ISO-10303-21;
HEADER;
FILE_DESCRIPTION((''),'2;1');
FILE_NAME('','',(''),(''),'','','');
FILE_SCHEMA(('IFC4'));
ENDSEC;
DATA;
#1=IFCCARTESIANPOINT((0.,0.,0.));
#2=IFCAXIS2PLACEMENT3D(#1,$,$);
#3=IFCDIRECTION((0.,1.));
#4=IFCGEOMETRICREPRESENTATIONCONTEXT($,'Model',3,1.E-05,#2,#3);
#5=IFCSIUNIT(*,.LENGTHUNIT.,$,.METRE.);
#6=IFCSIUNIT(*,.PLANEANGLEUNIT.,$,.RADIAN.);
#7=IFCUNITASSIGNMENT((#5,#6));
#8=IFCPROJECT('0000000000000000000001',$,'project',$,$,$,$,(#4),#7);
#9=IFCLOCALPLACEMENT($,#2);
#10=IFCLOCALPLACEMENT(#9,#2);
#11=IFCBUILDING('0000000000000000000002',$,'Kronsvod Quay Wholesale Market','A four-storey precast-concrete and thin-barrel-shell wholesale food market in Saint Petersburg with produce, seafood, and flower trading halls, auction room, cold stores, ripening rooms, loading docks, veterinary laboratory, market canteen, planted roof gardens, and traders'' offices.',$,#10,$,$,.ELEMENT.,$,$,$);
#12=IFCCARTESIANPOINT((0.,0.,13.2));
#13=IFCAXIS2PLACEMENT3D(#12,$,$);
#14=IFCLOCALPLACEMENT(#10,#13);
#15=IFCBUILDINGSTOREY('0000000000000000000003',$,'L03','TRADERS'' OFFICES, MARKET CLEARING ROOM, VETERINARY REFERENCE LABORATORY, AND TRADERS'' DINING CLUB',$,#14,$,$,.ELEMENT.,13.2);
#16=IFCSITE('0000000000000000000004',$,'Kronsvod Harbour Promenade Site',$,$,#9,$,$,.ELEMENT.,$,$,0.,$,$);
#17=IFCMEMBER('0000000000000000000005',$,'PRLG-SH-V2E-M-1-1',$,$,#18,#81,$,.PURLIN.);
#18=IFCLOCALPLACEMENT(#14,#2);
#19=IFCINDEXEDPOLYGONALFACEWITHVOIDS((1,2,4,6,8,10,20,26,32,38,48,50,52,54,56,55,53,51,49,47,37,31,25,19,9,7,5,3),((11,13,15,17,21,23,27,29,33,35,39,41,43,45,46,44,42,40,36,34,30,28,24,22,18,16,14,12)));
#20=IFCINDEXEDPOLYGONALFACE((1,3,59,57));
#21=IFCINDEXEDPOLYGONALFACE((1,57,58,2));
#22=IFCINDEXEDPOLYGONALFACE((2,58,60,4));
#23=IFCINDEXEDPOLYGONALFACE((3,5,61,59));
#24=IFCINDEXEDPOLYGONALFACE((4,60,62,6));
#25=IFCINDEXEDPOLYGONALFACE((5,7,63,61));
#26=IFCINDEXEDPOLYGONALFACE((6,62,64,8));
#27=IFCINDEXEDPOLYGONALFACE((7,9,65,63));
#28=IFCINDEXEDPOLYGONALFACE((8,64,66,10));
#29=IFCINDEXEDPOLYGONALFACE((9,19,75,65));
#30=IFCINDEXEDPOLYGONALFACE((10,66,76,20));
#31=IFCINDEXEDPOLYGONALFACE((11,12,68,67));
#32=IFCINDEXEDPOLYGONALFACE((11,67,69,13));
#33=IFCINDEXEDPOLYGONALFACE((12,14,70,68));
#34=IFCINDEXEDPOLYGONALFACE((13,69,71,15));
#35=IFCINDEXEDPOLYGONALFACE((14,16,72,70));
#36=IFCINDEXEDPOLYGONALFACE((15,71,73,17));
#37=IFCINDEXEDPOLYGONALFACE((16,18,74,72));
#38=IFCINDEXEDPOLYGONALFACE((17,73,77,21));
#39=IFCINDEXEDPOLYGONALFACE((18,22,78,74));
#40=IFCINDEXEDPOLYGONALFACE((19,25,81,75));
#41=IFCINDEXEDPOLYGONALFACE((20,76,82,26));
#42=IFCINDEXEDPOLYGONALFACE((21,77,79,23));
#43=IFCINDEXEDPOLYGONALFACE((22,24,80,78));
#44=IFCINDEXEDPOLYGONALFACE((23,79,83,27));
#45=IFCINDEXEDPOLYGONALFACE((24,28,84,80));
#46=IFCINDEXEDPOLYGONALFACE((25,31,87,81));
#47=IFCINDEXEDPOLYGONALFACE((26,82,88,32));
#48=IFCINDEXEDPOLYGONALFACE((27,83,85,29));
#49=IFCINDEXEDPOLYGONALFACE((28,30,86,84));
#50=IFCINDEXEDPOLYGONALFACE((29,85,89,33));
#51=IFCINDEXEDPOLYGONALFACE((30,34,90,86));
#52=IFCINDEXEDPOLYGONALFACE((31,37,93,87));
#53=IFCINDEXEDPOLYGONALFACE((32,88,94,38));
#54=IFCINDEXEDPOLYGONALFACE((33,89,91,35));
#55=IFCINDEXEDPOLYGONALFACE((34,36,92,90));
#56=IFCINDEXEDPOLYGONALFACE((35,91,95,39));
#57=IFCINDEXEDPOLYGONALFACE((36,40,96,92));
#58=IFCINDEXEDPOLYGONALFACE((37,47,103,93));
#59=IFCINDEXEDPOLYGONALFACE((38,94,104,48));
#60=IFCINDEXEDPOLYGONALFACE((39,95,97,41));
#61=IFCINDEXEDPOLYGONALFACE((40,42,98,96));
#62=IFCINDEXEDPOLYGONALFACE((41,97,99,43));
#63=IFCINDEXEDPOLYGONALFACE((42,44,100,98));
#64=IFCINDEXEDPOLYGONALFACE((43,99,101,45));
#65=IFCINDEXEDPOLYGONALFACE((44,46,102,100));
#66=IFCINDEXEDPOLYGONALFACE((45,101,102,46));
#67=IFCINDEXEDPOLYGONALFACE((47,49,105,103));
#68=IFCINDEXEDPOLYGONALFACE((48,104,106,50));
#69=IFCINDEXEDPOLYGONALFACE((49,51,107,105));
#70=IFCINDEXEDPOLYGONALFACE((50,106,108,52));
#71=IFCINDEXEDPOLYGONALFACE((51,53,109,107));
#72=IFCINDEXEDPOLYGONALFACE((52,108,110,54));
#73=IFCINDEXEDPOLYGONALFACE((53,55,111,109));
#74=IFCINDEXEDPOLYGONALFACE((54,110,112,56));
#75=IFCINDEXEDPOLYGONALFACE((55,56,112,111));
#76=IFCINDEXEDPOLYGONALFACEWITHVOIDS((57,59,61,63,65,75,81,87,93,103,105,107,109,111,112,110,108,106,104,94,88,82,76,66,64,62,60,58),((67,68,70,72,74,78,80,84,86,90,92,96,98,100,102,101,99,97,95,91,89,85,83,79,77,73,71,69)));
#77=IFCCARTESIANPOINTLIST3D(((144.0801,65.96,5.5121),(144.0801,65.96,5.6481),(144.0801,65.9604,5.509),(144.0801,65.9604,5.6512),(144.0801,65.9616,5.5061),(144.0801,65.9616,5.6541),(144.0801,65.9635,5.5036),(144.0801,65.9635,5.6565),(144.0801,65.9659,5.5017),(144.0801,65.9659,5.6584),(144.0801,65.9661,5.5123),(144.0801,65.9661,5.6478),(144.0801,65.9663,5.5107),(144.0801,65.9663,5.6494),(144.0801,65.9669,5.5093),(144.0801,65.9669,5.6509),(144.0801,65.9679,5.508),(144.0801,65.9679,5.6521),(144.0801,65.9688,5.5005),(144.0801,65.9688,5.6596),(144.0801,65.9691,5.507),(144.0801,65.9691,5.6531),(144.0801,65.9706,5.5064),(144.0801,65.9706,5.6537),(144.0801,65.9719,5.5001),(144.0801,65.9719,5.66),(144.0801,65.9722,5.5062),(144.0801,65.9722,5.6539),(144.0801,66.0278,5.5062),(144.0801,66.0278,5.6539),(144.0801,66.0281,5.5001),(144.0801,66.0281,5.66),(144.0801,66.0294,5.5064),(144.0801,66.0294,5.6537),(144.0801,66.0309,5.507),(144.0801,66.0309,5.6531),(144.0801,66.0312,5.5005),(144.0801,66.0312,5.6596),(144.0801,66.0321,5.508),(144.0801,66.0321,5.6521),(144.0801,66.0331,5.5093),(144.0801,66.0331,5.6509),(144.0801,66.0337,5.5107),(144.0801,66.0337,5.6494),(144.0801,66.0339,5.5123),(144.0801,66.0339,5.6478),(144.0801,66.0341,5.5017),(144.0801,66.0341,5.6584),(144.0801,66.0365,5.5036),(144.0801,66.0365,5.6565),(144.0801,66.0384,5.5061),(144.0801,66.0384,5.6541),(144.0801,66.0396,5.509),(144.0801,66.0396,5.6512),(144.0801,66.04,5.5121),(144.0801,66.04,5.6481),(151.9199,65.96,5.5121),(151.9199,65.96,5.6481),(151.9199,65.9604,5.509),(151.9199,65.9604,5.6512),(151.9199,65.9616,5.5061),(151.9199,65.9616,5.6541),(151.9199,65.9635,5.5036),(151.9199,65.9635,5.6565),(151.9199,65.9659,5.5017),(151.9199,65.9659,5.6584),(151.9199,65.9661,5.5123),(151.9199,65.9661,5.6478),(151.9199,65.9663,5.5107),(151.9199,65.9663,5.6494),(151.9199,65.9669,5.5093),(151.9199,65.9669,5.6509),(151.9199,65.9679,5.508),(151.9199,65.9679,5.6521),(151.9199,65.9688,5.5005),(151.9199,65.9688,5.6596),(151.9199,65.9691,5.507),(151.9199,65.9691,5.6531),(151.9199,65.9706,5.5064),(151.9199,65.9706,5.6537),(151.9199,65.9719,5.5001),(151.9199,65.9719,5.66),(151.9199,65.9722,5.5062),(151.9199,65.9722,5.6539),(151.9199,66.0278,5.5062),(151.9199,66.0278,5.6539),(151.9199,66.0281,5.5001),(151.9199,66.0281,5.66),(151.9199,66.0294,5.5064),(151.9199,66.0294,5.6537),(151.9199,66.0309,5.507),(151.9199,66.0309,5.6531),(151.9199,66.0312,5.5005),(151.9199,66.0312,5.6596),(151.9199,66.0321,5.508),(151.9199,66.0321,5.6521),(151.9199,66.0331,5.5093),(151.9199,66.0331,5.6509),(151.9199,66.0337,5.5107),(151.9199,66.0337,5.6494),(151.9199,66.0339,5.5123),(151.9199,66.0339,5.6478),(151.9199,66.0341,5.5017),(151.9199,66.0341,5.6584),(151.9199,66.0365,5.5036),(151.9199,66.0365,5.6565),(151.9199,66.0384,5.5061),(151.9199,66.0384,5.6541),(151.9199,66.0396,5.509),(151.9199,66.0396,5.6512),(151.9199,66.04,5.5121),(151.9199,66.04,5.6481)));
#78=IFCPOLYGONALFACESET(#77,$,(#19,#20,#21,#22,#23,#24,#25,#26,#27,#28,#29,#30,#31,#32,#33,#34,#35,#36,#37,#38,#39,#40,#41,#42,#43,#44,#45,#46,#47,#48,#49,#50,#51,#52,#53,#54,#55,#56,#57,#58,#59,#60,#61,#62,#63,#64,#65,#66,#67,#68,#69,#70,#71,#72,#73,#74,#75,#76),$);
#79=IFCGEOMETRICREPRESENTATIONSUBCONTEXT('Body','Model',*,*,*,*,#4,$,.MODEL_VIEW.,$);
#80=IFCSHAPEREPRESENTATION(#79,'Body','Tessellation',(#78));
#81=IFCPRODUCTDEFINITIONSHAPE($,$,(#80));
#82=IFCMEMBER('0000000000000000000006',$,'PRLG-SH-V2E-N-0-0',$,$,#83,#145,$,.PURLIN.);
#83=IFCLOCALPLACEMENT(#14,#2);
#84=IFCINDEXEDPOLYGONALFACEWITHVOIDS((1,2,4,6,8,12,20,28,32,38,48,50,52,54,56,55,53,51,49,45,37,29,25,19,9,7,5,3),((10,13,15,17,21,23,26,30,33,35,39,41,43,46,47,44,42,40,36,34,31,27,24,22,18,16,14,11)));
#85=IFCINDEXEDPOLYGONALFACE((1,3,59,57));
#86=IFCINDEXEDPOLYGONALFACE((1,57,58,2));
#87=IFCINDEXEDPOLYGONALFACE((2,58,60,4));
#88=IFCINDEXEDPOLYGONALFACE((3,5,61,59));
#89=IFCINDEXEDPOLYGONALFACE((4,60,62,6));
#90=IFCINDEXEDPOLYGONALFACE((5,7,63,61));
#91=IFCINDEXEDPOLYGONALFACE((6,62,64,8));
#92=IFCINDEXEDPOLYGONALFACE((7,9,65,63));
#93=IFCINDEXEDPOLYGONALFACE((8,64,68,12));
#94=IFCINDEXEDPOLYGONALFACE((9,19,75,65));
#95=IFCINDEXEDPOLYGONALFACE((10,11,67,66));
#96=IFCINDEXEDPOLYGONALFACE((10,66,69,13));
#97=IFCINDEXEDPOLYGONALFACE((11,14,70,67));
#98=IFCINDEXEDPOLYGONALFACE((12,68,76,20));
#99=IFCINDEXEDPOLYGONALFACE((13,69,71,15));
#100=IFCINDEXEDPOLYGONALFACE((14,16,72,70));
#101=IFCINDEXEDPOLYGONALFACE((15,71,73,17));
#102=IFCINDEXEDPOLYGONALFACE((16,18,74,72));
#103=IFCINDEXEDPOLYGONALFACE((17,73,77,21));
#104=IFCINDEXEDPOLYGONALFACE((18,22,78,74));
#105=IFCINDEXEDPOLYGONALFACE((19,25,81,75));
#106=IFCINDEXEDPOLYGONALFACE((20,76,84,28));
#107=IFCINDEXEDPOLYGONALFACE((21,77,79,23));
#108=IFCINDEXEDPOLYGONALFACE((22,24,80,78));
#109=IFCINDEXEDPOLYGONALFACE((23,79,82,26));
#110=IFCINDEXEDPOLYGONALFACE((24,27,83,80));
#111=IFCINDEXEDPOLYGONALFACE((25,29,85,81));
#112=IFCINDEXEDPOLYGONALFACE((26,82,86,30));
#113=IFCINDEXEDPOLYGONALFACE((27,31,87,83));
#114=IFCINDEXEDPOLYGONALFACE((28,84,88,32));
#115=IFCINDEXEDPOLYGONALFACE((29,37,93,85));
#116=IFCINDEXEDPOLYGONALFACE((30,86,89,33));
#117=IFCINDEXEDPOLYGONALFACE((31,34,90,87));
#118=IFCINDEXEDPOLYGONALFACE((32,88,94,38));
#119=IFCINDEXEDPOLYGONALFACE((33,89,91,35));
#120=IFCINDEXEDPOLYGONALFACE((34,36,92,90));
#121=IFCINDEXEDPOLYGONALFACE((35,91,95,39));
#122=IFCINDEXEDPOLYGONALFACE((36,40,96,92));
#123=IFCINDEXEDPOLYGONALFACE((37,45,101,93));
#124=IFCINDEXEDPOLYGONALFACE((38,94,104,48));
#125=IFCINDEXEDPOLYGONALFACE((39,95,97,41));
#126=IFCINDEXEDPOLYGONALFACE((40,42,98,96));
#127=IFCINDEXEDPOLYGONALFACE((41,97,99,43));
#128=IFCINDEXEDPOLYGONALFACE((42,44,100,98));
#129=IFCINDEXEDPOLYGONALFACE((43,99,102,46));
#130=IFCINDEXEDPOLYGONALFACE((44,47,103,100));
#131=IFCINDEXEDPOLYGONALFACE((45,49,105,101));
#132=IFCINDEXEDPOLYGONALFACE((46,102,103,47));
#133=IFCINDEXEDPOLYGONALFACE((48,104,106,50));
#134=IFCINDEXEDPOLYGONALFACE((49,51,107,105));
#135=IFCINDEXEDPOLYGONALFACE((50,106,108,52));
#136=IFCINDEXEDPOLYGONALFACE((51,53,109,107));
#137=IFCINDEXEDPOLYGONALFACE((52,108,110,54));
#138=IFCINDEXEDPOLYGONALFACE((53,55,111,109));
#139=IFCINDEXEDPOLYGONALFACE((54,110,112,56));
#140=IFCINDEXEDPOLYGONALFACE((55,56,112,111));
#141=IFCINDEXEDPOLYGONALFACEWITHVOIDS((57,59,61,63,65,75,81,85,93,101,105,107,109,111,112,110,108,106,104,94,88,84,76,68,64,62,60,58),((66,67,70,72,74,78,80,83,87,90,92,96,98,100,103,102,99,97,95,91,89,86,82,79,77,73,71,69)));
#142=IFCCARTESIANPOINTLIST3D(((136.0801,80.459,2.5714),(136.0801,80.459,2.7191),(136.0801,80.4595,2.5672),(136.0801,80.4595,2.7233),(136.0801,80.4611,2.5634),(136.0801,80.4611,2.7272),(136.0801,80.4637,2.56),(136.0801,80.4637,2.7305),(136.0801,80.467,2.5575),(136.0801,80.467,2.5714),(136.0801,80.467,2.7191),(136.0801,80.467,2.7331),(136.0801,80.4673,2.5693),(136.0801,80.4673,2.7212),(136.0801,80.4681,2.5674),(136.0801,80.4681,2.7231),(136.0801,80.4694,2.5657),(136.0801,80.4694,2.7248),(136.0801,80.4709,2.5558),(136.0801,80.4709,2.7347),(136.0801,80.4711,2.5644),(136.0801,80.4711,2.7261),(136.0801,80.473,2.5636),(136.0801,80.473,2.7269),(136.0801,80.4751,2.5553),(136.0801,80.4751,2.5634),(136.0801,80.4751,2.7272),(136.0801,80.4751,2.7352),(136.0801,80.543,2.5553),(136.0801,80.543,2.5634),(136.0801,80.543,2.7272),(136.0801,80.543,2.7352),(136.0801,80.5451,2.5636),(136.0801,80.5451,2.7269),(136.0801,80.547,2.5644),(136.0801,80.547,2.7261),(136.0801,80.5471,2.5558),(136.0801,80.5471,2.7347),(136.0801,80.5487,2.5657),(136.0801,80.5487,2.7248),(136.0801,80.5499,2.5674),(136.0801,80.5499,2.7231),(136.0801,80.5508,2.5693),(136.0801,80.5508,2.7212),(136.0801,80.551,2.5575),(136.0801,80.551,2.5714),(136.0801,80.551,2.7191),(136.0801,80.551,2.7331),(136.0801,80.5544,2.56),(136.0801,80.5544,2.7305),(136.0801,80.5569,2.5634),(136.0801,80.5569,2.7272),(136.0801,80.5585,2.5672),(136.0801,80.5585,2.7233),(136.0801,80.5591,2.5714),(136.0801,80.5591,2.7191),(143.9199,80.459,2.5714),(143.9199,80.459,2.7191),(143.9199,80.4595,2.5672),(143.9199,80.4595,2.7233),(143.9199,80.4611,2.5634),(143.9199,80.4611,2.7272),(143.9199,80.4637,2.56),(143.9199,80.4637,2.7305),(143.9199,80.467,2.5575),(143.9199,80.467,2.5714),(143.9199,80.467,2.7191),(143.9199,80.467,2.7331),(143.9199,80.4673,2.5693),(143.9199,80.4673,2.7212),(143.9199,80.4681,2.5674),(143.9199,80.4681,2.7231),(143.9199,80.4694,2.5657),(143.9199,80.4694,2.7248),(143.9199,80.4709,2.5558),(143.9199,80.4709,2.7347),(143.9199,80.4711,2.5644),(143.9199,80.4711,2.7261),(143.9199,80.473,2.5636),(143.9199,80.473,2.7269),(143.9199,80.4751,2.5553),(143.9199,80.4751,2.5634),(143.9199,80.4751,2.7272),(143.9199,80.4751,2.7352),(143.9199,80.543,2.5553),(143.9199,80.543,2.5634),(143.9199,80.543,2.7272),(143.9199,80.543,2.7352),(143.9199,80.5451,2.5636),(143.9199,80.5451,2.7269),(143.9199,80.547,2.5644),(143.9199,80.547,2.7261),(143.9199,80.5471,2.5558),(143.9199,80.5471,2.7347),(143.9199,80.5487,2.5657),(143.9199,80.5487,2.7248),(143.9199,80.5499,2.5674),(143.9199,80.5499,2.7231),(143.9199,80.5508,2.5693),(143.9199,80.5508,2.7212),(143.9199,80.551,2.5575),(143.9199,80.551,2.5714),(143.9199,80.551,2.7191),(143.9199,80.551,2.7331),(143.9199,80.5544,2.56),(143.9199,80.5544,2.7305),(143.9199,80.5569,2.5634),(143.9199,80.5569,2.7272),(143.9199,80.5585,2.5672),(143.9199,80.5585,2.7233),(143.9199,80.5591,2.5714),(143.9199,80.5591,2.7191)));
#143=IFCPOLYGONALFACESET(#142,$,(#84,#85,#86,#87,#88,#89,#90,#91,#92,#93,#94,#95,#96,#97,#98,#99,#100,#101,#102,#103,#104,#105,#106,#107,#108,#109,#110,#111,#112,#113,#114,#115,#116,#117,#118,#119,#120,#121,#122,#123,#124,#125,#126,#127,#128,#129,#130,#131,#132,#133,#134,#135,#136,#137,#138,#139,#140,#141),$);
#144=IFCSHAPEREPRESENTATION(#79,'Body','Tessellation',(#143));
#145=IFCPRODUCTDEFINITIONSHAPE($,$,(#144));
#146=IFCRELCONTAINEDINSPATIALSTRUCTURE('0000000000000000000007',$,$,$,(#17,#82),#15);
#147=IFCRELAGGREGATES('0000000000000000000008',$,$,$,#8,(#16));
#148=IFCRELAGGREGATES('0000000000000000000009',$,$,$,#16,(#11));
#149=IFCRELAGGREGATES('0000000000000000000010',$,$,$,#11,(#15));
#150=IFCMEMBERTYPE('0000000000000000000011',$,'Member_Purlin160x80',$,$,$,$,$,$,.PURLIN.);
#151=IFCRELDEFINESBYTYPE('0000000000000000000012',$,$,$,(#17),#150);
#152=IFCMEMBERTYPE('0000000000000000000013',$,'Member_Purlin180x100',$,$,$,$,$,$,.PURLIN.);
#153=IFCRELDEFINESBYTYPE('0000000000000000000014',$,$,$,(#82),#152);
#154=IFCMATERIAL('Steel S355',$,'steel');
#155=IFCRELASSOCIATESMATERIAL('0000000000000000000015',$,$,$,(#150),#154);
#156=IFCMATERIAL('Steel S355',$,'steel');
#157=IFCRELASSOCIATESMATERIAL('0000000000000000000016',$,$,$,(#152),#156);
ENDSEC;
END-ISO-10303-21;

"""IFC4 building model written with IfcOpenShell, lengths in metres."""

from ifc_helpers import new_model, si_unit, direction, frame, origin, origin_2d, place, context, subcontext, project, spatial, hollow_rectangle, extrude, material, material_profile, profile_set, type_object, element, save


model = new_model("IFC4")

# Units and contexts
model_context = context("Model", 3, precision=1e-05, world=origin(), true_north=direction((0.0, 1.0)))
body_context = subcontext(model_context, "Body", "Model", "MODEL_VIEW")
ifc_project = project(units=[si_unit("LENGTHUNIT", "METRE"), si_unit("PLANEANGLEUNIT", "RADIAN")], contexts=[model_context])

# Site, building, storey
site_placement = place(None, origin())
site = spatial("IfcSite", under=ifc_project, at=site_placement, Name="Kronsvod Harbour Promenade Site", CompositionType="ELEMENT", RefElevation=0.0)
building_placement = place(site_placement, origin())
building = spatial("IfcBuilding", under=site, at=building_placement, Name="Kronsvod Quay Wholesale Market", Description="A four-storey precast-concrete and thin-barrel-shell wholesale food market in Saint Petersburg with produce, seafood, and flower trading halls, auction room, cold stores, ripening rooms, loading docks, veterinary laboratory, market canteen, planted roof gardens, and traders' offices.", CompositionType="ELEMENT")
storey_placement = place(building_placement, frame((0.0, 0.0, 13.2)))
storey = spatial("IfcBuildingStorey", under=building, at=storey_placement, Name="L03", Description="TRADERS' OFFICES, MARKET CLEARING ROOM, VETERINARY REFERENCE LABORATORY, AND TRADERS' DINING CLUB", CompositionType="ELEMENT", Elevation=13.2)

# Members
ifc_material_1 = material(Name="Steel S355", Category="steel")
ifc_material_profile_1 = material_profile(ifc_material_1, hollow_rectangle(XDim=0.0801, YDim=0.1599, WallThickness=0.0061, InnerFilletRadius=0.0061, OuterFilletRadius=0.012, at=origin_2d()), Name="RHS160x80x6")
ifc_profile_set_1 = profile_set([ifc_material_profile_1], Name="Steel S355")
member_type_1 = type_object("IfcMemberType", Name="Member_Purlin160x80", PredefinedType="PURLIN", material=ifc_profile_set_1)
for number, where, z_axis, x_axis, name in (
    (1, (144.0801, 66.0, 5.5801), (1.0, 0.0, 0.0), (0.0, 1.0, 0.0), "PRLG-SH-V2E-M-1-1"),
):
    element("IfcMember", number, at=place(storey_placement, frame(where, z_axis=z_axis, x_axis=x_axis)), inside=storey, type_object=member_type_1, Name=name, PredefinedType="PURLIN", context=body_context, shape_type="SweptSolid", body=[
        extrude(hollow_rectangle(XDim=0.0801, YDim=0.1599, WallThickness=0.0061, InnerFilletRadius=0.0061, OuterFilletRadius=0.012, at=origin_2d()), origin(), (0.0, 0.0, 1.0), 7.8398),
    ])
ifc_material_2 = material(Name="Steel S355", Category="steel")
ifc_material_profile_2 = material_profile(ifc_material_2, hollow_rectangle(XDim=0.1001, YDim=0.1799, WallThickness=0.0081, InnerFilletRadius=0.0081, OuterFilletRadius=0.0161, at=origin_2d()), Name="RHS180x100x8")
ifc_profile_set_2 = profile_set([ifc_material_profile_2], Name="Steel S355")
member_type_2 = type_object("IfcMemberType", Name="Member_Purlin180x100", PredefinedType="PURLIN", material=ifc_profile_set_2)
for number, where, z_axis, x_axis, name in (
    (2, (136.0801, 80.509, 2.6453), (1.0, 0.0, 0.0), (0.0, 1.0, 0.0), "PRLG-SH-V2E-N-0-0"),
):
    element("IfcMember", number, at=place(storey_placement, frame(where, z_axis=z_axis, x_axis=x_axis)), inside=storey, type_object=member_type_2, Name=name, PredefinedType="PURLIN", context=body_context, shape_type="SweptSolid", body=[
        extrude(hollow_rectangle(XDim=0.1001, YDim=0.1799, WallThickness=0.0081, InnerFilletRadius=0.0081, OuterFilletRadius=0.0161, at=origin_2d()), origin(), (0.0, 0.0, 1.0), 7.8398),
    ])

save(model, "model.ifc")
